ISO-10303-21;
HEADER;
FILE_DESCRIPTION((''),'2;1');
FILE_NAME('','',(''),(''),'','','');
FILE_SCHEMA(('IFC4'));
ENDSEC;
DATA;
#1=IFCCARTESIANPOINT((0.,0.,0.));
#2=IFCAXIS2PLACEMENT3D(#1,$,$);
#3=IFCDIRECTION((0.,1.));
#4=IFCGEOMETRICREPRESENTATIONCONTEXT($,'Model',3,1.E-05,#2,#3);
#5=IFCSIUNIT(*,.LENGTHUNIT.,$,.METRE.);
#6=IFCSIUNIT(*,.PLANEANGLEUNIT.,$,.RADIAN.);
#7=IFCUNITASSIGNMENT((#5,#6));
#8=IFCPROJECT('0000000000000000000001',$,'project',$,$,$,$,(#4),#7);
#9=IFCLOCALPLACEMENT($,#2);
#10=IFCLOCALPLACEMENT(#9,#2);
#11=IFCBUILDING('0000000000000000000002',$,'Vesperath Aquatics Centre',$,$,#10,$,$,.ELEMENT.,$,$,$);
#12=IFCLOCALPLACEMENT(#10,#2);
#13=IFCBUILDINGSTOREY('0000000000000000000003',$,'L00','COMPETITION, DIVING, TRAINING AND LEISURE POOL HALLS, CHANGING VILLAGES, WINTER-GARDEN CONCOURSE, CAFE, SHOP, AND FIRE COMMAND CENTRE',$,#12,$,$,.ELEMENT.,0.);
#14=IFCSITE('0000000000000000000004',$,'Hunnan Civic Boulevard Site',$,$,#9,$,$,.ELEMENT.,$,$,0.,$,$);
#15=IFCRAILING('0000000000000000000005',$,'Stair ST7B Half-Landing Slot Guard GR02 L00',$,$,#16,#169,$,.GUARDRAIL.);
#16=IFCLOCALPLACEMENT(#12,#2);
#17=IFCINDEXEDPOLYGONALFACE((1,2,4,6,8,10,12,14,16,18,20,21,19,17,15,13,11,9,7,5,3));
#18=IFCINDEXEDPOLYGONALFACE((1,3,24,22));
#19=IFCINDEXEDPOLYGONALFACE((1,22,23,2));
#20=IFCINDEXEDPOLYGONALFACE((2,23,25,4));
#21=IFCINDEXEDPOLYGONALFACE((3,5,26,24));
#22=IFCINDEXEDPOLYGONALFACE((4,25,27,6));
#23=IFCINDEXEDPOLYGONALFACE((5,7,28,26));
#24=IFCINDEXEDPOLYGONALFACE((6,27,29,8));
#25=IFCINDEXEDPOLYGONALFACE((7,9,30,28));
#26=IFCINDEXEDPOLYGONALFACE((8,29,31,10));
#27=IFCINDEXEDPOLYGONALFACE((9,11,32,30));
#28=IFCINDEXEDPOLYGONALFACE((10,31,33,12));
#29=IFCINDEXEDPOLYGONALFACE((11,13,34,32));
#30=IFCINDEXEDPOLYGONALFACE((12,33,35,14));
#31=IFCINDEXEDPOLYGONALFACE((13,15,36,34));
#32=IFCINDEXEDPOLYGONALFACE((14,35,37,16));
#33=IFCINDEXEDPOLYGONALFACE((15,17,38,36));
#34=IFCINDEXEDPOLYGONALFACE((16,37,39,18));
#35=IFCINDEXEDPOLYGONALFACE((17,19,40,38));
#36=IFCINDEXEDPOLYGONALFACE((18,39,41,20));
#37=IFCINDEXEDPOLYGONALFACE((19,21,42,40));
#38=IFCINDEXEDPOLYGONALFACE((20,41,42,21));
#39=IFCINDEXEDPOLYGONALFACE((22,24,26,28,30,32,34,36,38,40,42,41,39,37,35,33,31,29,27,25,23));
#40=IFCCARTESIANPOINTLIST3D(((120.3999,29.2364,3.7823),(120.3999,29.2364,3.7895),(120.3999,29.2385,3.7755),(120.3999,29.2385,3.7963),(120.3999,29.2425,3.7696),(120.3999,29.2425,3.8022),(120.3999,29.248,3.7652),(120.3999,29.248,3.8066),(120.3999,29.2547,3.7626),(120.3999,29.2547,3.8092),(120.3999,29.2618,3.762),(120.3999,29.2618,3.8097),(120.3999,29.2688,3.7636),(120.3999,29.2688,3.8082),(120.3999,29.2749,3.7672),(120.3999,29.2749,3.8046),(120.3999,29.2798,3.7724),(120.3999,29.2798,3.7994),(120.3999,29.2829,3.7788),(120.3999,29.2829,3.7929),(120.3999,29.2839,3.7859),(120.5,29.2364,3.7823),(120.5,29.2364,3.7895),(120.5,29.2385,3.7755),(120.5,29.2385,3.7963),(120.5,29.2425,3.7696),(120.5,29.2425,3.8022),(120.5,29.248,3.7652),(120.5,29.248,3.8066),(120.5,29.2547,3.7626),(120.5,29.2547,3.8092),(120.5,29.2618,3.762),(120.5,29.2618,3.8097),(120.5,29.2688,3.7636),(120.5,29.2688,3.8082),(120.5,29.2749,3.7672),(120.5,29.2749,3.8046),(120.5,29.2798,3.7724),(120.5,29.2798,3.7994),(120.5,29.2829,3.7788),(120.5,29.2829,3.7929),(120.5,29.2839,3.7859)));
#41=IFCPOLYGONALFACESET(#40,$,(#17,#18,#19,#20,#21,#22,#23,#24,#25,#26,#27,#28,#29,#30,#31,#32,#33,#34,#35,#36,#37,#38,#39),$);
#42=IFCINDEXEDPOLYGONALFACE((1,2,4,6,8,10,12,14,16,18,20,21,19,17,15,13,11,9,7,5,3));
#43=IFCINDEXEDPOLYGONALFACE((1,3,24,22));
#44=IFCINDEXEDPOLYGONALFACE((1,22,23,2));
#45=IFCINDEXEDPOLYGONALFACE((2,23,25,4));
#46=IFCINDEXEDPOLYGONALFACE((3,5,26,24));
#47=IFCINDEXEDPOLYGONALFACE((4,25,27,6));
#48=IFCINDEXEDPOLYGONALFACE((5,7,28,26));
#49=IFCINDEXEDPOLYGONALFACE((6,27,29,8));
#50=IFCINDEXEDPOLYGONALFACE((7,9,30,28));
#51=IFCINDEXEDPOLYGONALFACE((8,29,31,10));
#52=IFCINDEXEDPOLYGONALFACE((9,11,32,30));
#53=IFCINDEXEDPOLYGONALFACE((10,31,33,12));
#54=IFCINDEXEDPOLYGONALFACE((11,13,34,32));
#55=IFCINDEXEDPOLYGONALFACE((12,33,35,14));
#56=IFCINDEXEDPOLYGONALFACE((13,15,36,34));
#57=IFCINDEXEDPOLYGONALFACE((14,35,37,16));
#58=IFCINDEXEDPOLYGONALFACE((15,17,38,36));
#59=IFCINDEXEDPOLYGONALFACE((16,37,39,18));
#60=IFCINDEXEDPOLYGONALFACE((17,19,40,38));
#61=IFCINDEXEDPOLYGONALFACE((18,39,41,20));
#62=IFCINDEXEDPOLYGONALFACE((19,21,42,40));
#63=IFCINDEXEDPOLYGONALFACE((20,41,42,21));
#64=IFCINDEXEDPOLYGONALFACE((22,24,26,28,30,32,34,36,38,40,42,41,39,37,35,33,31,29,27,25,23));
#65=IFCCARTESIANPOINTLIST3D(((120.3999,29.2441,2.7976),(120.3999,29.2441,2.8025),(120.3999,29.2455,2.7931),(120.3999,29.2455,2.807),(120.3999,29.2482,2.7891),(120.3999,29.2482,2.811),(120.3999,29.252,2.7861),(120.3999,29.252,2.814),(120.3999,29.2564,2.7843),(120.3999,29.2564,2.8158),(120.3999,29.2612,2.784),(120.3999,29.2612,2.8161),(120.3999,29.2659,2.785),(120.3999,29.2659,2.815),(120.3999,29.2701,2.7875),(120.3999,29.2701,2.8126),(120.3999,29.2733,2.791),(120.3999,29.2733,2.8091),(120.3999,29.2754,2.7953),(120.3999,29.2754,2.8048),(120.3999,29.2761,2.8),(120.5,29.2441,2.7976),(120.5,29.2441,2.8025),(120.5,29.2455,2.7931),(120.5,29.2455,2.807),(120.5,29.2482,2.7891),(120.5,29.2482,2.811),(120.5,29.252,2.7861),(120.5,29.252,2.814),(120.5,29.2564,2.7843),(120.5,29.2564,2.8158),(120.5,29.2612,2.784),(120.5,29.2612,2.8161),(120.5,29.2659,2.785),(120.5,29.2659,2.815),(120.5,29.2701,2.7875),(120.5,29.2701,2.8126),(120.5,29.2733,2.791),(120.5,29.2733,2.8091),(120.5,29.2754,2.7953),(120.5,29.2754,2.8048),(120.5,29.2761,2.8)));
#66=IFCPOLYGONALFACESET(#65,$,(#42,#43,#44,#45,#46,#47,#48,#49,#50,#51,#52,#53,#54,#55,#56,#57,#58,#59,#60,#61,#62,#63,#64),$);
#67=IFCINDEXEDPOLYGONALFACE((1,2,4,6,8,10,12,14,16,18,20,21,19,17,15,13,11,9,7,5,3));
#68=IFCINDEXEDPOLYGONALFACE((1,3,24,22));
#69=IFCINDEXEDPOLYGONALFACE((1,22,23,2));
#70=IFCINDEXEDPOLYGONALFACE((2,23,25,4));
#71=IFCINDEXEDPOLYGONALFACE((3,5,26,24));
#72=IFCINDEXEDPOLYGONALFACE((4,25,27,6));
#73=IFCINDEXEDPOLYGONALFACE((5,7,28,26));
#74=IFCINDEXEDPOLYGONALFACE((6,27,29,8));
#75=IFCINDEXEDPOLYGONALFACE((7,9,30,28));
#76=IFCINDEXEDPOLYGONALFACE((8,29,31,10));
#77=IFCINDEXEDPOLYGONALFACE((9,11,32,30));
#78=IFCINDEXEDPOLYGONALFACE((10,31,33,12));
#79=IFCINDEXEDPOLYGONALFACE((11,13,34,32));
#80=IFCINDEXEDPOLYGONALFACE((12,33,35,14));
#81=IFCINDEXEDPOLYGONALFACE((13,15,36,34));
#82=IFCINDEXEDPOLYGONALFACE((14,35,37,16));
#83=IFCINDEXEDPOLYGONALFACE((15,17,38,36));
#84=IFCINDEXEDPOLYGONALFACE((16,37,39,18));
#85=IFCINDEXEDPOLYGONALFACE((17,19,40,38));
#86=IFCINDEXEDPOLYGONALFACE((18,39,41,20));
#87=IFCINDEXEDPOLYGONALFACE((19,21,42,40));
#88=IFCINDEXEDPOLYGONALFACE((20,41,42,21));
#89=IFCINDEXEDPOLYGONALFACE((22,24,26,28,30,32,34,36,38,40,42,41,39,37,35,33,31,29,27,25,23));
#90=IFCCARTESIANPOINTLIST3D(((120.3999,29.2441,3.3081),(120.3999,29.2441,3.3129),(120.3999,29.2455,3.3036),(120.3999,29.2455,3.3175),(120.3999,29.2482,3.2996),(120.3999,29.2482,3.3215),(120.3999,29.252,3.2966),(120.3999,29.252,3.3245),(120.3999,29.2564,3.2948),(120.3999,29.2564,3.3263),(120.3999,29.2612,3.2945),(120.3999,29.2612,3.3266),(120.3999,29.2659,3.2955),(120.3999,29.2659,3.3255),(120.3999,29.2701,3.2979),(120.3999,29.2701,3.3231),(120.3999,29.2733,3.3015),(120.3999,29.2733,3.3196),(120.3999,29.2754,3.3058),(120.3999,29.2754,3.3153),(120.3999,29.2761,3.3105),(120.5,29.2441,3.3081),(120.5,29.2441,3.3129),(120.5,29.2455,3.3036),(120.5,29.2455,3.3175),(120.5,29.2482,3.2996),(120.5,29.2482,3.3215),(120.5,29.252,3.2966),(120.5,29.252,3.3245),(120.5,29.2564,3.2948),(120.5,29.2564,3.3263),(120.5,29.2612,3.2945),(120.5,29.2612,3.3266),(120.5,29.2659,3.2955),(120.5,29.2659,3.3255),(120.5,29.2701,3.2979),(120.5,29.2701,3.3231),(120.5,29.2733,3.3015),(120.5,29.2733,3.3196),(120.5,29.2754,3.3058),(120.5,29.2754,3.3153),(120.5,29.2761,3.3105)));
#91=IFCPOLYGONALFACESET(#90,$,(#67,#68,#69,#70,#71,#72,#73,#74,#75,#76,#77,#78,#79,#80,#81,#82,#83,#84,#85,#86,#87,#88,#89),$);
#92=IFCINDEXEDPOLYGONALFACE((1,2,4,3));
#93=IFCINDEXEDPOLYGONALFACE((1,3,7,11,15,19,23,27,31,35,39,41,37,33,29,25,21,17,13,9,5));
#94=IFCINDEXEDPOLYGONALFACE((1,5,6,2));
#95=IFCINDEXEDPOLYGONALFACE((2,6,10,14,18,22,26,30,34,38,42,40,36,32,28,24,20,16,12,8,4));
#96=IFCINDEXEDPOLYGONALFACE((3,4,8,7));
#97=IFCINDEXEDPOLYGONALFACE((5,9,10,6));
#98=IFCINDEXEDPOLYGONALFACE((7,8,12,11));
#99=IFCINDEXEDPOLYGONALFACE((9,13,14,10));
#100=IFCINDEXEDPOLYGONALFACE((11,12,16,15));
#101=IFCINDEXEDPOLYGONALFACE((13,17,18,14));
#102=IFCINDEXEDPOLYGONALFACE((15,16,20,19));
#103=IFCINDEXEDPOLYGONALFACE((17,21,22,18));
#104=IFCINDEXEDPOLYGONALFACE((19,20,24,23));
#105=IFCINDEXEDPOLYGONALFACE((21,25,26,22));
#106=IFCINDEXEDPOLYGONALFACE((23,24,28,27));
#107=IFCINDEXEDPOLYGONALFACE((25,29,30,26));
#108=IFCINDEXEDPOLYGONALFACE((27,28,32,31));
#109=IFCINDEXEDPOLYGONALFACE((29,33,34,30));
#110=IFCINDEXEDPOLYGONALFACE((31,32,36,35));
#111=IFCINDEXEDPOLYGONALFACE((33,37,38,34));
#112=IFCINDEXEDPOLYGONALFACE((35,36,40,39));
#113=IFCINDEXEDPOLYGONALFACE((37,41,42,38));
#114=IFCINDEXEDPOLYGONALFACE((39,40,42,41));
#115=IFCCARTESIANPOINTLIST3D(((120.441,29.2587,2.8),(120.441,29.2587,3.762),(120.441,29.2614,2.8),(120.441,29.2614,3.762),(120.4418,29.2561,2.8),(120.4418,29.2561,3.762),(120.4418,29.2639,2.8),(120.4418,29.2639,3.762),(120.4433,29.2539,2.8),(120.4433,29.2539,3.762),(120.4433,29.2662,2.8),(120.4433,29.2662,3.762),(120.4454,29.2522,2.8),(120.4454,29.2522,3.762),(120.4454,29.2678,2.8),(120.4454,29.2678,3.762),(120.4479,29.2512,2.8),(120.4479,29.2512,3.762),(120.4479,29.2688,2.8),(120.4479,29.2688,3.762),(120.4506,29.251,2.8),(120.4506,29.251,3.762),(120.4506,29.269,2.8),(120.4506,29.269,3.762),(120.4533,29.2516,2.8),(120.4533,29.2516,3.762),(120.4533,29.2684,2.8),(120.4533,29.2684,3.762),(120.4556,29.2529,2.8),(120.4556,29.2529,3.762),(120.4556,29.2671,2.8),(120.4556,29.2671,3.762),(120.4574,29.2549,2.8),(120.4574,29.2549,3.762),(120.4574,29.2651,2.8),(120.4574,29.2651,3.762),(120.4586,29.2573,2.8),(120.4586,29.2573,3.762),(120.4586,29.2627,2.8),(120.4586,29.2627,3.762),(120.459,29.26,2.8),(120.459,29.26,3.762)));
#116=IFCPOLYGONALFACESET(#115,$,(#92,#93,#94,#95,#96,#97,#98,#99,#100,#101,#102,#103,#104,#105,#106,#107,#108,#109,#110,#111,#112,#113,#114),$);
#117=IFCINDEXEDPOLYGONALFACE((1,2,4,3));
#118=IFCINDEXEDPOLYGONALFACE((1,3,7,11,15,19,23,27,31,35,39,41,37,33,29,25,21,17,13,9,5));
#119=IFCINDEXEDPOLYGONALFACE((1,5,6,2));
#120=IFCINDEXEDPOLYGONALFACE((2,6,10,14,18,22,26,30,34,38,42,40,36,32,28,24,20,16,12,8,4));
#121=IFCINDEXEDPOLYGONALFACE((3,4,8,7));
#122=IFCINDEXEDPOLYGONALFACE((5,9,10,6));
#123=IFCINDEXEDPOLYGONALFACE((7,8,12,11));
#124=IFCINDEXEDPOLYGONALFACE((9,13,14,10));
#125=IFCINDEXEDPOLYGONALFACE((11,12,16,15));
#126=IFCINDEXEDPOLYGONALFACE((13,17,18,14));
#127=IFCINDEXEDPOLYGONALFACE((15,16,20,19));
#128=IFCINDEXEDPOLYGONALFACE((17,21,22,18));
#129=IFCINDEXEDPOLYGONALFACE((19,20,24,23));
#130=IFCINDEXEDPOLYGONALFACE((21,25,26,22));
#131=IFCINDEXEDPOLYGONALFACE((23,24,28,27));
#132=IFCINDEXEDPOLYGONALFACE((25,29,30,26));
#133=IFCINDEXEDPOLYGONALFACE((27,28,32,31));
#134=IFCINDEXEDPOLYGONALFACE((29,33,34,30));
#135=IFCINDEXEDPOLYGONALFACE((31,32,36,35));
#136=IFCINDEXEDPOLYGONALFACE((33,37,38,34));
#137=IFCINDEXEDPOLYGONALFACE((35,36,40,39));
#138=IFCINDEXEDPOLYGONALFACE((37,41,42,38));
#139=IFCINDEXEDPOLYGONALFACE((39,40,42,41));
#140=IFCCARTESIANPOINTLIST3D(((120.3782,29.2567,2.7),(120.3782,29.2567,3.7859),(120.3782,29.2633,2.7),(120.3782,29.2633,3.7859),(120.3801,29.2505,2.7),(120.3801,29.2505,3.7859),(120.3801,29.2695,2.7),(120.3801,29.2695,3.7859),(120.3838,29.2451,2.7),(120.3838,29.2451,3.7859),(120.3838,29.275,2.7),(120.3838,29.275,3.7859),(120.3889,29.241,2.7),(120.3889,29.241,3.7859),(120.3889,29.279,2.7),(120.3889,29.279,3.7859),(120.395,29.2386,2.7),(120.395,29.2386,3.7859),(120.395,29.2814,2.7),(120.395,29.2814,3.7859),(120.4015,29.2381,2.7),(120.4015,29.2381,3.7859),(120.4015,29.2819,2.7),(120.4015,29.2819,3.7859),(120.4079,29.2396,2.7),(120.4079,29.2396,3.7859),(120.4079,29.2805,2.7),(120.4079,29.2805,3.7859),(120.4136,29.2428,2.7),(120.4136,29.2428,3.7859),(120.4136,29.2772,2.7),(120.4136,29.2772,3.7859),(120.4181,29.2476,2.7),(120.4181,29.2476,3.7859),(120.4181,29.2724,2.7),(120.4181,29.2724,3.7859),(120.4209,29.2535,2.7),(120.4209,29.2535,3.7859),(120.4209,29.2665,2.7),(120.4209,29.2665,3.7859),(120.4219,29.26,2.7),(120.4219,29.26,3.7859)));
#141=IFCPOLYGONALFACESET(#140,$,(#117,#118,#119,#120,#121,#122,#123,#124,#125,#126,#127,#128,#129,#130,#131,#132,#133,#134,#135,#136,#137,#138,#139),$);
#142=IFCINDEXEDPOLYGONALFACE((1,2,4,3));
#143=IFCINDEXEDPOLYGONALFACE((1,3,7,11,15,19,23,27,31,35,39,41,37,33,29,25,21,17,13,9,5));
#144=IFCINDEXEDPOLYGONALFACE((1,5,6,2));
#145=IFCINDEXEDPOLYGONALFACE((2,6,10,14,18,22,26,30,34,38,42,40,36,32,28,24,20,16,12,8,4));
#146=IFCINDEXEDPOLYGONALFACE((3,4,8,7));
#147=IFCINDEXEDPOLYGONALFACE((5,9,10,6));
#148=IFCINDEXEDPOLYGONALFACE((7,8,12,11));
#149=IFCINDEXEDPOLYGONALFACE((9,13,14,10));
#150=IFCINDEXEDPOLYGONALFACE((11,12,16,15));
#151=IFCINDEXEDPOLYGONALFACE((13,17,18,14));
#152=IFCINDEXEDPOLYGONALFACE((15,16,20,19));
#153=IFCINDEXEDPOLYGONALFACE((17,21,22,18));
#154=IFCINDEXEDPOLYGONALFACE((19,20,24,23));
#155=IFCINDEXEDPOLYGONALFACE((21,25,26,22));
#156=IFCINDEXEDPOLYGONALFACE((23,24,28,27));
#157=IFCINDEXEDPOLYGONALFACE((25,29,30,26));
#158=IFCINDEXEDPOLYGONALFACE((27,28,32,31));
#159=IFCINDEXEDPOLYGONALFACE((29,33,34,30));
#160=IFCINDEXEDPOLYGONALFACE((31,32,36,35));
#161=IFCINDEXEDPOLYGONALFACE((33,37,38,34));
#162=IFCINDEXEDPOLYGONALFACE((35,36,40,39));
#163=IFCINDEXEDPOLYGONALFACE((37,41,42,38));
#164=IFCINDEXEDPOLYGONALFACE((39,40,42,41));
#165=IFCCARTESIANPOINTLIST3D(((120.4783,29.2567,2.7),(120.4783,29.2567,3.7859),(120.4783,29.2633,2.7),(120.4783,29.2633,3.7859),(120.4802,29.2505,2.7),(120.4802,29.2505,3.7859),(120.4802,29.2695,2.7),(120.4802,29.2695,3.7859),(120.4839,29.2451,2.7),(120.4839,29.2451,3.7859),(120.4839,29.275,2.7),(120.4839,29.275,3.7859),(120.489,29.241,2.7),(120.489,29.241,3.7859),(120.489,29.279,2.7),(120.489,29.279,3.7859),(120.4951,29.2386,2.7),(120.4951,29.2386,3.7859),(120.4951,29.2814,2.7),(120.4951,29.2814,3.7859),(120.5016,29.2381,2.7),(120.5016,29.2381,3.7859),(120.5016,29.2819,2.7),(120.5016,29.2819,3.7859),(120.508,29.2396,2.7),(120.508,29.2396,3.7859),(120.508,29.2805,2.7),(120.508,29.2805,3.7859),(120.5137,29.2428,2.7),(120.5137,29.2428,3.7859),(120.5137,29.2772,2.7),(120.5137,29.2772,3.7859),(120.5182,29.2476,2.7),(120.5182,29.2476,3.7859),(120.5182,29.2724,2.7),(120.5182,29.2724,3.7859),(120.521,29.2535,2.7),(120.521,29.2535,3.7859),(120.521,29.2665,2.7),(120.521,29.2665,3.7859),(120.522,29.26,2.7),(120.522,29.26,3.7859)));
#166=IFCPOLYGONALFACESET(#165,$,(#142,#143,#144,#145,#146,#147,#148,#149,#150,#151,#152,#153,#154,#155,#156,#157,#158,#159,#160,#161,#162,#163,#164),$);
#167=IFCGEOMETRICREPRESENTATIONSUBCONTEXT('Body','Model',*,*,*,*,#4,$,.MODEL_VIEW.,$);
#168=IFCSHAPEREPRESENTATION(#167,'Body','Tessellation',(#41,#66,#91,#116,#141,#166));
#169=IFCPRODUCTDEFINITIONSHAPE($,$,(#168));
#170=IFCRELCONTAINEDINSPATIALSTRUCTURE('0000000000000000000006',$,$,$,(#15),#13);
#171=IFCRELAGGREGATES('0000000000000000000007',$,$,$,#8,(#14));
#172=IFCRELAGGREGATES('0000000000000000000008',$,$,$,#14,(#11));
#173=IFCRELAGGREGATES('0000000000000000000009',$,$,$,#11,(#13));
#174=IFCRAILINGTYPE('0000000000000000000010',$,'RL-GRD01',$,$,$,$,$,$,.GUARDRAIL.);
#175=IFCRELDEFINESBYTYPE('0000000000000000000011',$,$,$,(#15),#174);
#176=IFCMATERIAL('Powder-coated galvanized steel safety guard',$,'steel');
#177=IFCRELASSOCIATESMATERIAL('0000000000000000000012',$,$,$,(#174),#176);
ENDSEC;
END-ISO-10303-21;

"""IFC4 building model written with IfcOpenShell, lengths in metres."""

from ifc_helpers import new_model, si_unit, direction, frame, origin, origin_2d, place, context, subcontext, project, spatial, circle, extrude, material, type_object, element, save


model = new_model("IFC4")

# Units and contexts
model_context = context("Model", 3, precision=1e-05, world=origin(), true_north=direction((0.0, 1.0)))
body_context = subcontext(model_context, "Body", "Model", "MODEL_VIEW")
ifc_project = project(units=[si_unit("LENGTHUNIT", "METRE"), si_unit("PLANEANGLEUNIT", "RADIAN")], contexts=[model_context])

# Site, building, storey
site_placement = place(None, origin())
site = spatial("IfcSite", under=ifc_project, at=site_placement, Name="Hunnan Civic Boulevard Site", CompositionType="ELEMENT", RefElevation=0.0)
building_placement = place(site_placement, origin())
building = spatial("IfcBuilding", under=site, at=building_placement, Name="Vesperath Aquatics Centre", CompositionType="ELEMENT")
storey_placement = place(building_placement, origin())
storey = spatial("IfcBuildingStorey", under=building, at=storey_placement, Name="L00", Description="COMPETITION, DIVING, TRAINING AND LEISURE POOL HALLS, CHANGING VILLAGES, WINTER-GARDEN CONCOURSE, CAFE, SHOP, AND FIRE COMMAND CENTRE", CompositionType="ELEMENT", Elevation=0.0)

# Railing
ifc_material_1 = material(Name="Powder-coated galvanized steel safety guard", Category="steel")
railing_type_1 = type_object("IfcRailingType", Name="RL-GRD01", PredefinedType="GUARDRAIL", material=ifc_material_1)
railing_1_placement = place(storey_placement, frame((120.3999, 29.26, 2.7)))
element("IfcRailing", 1, at=railing_1_placement, inside=storey, type_object=railing_type_1, Name="Stair ST7B Half-Landing Slot Guard GR02 L00", PredefinedType="GUARDRAIL", context=body_context, shape_type="SweptSolid", body=[
    extrude(circle(Radius=0.0239, at=origin_2d()), frame((0.0, 0.0, 1.0859), z_axis=(1.0, 0.0, 0.0), x_axis=(0.0, 1.0, 0.0)), (0.0, 0.0, 1.0), 0.1001),
    extrude(circle(Radius=0.0161, at=origin_2d()), frame((0.0, 0.0, 0.1001), z_axis=(1.0, 0.0, 0.0), x_axis=(0.0, 1.0, 0.0)), (0.0, 0.0, 1.0), 0.1001),
    extrude(circle(Radius=0.0161, at=origin_2d()), frame((0.0, 0.0, 0.6106), z_axis=(1.0, 0.0, 0.0), x_axis=(0.0, 1.0, 0.0)), (0.0, 0.0, 1.0), 0.1001),
    extrude(circle(Radius=0.009, at=origin_2d()), frame((0.05, 0.0, 0.1001)), (0.0, 0.0, 1.0), 0.9619),
    extrude(circle(Radius=0.022, at=origin_2d()), origin(), (0.0, 0.0, 1.0), 1.0859),
    extrude(circle(Radius=0.022, at=origin_2d()), frame((0.1001, 0.0, 0.0)), (0.0, 0.0, 1.0), 1.0859),
])

save(model, "model.ifc")
